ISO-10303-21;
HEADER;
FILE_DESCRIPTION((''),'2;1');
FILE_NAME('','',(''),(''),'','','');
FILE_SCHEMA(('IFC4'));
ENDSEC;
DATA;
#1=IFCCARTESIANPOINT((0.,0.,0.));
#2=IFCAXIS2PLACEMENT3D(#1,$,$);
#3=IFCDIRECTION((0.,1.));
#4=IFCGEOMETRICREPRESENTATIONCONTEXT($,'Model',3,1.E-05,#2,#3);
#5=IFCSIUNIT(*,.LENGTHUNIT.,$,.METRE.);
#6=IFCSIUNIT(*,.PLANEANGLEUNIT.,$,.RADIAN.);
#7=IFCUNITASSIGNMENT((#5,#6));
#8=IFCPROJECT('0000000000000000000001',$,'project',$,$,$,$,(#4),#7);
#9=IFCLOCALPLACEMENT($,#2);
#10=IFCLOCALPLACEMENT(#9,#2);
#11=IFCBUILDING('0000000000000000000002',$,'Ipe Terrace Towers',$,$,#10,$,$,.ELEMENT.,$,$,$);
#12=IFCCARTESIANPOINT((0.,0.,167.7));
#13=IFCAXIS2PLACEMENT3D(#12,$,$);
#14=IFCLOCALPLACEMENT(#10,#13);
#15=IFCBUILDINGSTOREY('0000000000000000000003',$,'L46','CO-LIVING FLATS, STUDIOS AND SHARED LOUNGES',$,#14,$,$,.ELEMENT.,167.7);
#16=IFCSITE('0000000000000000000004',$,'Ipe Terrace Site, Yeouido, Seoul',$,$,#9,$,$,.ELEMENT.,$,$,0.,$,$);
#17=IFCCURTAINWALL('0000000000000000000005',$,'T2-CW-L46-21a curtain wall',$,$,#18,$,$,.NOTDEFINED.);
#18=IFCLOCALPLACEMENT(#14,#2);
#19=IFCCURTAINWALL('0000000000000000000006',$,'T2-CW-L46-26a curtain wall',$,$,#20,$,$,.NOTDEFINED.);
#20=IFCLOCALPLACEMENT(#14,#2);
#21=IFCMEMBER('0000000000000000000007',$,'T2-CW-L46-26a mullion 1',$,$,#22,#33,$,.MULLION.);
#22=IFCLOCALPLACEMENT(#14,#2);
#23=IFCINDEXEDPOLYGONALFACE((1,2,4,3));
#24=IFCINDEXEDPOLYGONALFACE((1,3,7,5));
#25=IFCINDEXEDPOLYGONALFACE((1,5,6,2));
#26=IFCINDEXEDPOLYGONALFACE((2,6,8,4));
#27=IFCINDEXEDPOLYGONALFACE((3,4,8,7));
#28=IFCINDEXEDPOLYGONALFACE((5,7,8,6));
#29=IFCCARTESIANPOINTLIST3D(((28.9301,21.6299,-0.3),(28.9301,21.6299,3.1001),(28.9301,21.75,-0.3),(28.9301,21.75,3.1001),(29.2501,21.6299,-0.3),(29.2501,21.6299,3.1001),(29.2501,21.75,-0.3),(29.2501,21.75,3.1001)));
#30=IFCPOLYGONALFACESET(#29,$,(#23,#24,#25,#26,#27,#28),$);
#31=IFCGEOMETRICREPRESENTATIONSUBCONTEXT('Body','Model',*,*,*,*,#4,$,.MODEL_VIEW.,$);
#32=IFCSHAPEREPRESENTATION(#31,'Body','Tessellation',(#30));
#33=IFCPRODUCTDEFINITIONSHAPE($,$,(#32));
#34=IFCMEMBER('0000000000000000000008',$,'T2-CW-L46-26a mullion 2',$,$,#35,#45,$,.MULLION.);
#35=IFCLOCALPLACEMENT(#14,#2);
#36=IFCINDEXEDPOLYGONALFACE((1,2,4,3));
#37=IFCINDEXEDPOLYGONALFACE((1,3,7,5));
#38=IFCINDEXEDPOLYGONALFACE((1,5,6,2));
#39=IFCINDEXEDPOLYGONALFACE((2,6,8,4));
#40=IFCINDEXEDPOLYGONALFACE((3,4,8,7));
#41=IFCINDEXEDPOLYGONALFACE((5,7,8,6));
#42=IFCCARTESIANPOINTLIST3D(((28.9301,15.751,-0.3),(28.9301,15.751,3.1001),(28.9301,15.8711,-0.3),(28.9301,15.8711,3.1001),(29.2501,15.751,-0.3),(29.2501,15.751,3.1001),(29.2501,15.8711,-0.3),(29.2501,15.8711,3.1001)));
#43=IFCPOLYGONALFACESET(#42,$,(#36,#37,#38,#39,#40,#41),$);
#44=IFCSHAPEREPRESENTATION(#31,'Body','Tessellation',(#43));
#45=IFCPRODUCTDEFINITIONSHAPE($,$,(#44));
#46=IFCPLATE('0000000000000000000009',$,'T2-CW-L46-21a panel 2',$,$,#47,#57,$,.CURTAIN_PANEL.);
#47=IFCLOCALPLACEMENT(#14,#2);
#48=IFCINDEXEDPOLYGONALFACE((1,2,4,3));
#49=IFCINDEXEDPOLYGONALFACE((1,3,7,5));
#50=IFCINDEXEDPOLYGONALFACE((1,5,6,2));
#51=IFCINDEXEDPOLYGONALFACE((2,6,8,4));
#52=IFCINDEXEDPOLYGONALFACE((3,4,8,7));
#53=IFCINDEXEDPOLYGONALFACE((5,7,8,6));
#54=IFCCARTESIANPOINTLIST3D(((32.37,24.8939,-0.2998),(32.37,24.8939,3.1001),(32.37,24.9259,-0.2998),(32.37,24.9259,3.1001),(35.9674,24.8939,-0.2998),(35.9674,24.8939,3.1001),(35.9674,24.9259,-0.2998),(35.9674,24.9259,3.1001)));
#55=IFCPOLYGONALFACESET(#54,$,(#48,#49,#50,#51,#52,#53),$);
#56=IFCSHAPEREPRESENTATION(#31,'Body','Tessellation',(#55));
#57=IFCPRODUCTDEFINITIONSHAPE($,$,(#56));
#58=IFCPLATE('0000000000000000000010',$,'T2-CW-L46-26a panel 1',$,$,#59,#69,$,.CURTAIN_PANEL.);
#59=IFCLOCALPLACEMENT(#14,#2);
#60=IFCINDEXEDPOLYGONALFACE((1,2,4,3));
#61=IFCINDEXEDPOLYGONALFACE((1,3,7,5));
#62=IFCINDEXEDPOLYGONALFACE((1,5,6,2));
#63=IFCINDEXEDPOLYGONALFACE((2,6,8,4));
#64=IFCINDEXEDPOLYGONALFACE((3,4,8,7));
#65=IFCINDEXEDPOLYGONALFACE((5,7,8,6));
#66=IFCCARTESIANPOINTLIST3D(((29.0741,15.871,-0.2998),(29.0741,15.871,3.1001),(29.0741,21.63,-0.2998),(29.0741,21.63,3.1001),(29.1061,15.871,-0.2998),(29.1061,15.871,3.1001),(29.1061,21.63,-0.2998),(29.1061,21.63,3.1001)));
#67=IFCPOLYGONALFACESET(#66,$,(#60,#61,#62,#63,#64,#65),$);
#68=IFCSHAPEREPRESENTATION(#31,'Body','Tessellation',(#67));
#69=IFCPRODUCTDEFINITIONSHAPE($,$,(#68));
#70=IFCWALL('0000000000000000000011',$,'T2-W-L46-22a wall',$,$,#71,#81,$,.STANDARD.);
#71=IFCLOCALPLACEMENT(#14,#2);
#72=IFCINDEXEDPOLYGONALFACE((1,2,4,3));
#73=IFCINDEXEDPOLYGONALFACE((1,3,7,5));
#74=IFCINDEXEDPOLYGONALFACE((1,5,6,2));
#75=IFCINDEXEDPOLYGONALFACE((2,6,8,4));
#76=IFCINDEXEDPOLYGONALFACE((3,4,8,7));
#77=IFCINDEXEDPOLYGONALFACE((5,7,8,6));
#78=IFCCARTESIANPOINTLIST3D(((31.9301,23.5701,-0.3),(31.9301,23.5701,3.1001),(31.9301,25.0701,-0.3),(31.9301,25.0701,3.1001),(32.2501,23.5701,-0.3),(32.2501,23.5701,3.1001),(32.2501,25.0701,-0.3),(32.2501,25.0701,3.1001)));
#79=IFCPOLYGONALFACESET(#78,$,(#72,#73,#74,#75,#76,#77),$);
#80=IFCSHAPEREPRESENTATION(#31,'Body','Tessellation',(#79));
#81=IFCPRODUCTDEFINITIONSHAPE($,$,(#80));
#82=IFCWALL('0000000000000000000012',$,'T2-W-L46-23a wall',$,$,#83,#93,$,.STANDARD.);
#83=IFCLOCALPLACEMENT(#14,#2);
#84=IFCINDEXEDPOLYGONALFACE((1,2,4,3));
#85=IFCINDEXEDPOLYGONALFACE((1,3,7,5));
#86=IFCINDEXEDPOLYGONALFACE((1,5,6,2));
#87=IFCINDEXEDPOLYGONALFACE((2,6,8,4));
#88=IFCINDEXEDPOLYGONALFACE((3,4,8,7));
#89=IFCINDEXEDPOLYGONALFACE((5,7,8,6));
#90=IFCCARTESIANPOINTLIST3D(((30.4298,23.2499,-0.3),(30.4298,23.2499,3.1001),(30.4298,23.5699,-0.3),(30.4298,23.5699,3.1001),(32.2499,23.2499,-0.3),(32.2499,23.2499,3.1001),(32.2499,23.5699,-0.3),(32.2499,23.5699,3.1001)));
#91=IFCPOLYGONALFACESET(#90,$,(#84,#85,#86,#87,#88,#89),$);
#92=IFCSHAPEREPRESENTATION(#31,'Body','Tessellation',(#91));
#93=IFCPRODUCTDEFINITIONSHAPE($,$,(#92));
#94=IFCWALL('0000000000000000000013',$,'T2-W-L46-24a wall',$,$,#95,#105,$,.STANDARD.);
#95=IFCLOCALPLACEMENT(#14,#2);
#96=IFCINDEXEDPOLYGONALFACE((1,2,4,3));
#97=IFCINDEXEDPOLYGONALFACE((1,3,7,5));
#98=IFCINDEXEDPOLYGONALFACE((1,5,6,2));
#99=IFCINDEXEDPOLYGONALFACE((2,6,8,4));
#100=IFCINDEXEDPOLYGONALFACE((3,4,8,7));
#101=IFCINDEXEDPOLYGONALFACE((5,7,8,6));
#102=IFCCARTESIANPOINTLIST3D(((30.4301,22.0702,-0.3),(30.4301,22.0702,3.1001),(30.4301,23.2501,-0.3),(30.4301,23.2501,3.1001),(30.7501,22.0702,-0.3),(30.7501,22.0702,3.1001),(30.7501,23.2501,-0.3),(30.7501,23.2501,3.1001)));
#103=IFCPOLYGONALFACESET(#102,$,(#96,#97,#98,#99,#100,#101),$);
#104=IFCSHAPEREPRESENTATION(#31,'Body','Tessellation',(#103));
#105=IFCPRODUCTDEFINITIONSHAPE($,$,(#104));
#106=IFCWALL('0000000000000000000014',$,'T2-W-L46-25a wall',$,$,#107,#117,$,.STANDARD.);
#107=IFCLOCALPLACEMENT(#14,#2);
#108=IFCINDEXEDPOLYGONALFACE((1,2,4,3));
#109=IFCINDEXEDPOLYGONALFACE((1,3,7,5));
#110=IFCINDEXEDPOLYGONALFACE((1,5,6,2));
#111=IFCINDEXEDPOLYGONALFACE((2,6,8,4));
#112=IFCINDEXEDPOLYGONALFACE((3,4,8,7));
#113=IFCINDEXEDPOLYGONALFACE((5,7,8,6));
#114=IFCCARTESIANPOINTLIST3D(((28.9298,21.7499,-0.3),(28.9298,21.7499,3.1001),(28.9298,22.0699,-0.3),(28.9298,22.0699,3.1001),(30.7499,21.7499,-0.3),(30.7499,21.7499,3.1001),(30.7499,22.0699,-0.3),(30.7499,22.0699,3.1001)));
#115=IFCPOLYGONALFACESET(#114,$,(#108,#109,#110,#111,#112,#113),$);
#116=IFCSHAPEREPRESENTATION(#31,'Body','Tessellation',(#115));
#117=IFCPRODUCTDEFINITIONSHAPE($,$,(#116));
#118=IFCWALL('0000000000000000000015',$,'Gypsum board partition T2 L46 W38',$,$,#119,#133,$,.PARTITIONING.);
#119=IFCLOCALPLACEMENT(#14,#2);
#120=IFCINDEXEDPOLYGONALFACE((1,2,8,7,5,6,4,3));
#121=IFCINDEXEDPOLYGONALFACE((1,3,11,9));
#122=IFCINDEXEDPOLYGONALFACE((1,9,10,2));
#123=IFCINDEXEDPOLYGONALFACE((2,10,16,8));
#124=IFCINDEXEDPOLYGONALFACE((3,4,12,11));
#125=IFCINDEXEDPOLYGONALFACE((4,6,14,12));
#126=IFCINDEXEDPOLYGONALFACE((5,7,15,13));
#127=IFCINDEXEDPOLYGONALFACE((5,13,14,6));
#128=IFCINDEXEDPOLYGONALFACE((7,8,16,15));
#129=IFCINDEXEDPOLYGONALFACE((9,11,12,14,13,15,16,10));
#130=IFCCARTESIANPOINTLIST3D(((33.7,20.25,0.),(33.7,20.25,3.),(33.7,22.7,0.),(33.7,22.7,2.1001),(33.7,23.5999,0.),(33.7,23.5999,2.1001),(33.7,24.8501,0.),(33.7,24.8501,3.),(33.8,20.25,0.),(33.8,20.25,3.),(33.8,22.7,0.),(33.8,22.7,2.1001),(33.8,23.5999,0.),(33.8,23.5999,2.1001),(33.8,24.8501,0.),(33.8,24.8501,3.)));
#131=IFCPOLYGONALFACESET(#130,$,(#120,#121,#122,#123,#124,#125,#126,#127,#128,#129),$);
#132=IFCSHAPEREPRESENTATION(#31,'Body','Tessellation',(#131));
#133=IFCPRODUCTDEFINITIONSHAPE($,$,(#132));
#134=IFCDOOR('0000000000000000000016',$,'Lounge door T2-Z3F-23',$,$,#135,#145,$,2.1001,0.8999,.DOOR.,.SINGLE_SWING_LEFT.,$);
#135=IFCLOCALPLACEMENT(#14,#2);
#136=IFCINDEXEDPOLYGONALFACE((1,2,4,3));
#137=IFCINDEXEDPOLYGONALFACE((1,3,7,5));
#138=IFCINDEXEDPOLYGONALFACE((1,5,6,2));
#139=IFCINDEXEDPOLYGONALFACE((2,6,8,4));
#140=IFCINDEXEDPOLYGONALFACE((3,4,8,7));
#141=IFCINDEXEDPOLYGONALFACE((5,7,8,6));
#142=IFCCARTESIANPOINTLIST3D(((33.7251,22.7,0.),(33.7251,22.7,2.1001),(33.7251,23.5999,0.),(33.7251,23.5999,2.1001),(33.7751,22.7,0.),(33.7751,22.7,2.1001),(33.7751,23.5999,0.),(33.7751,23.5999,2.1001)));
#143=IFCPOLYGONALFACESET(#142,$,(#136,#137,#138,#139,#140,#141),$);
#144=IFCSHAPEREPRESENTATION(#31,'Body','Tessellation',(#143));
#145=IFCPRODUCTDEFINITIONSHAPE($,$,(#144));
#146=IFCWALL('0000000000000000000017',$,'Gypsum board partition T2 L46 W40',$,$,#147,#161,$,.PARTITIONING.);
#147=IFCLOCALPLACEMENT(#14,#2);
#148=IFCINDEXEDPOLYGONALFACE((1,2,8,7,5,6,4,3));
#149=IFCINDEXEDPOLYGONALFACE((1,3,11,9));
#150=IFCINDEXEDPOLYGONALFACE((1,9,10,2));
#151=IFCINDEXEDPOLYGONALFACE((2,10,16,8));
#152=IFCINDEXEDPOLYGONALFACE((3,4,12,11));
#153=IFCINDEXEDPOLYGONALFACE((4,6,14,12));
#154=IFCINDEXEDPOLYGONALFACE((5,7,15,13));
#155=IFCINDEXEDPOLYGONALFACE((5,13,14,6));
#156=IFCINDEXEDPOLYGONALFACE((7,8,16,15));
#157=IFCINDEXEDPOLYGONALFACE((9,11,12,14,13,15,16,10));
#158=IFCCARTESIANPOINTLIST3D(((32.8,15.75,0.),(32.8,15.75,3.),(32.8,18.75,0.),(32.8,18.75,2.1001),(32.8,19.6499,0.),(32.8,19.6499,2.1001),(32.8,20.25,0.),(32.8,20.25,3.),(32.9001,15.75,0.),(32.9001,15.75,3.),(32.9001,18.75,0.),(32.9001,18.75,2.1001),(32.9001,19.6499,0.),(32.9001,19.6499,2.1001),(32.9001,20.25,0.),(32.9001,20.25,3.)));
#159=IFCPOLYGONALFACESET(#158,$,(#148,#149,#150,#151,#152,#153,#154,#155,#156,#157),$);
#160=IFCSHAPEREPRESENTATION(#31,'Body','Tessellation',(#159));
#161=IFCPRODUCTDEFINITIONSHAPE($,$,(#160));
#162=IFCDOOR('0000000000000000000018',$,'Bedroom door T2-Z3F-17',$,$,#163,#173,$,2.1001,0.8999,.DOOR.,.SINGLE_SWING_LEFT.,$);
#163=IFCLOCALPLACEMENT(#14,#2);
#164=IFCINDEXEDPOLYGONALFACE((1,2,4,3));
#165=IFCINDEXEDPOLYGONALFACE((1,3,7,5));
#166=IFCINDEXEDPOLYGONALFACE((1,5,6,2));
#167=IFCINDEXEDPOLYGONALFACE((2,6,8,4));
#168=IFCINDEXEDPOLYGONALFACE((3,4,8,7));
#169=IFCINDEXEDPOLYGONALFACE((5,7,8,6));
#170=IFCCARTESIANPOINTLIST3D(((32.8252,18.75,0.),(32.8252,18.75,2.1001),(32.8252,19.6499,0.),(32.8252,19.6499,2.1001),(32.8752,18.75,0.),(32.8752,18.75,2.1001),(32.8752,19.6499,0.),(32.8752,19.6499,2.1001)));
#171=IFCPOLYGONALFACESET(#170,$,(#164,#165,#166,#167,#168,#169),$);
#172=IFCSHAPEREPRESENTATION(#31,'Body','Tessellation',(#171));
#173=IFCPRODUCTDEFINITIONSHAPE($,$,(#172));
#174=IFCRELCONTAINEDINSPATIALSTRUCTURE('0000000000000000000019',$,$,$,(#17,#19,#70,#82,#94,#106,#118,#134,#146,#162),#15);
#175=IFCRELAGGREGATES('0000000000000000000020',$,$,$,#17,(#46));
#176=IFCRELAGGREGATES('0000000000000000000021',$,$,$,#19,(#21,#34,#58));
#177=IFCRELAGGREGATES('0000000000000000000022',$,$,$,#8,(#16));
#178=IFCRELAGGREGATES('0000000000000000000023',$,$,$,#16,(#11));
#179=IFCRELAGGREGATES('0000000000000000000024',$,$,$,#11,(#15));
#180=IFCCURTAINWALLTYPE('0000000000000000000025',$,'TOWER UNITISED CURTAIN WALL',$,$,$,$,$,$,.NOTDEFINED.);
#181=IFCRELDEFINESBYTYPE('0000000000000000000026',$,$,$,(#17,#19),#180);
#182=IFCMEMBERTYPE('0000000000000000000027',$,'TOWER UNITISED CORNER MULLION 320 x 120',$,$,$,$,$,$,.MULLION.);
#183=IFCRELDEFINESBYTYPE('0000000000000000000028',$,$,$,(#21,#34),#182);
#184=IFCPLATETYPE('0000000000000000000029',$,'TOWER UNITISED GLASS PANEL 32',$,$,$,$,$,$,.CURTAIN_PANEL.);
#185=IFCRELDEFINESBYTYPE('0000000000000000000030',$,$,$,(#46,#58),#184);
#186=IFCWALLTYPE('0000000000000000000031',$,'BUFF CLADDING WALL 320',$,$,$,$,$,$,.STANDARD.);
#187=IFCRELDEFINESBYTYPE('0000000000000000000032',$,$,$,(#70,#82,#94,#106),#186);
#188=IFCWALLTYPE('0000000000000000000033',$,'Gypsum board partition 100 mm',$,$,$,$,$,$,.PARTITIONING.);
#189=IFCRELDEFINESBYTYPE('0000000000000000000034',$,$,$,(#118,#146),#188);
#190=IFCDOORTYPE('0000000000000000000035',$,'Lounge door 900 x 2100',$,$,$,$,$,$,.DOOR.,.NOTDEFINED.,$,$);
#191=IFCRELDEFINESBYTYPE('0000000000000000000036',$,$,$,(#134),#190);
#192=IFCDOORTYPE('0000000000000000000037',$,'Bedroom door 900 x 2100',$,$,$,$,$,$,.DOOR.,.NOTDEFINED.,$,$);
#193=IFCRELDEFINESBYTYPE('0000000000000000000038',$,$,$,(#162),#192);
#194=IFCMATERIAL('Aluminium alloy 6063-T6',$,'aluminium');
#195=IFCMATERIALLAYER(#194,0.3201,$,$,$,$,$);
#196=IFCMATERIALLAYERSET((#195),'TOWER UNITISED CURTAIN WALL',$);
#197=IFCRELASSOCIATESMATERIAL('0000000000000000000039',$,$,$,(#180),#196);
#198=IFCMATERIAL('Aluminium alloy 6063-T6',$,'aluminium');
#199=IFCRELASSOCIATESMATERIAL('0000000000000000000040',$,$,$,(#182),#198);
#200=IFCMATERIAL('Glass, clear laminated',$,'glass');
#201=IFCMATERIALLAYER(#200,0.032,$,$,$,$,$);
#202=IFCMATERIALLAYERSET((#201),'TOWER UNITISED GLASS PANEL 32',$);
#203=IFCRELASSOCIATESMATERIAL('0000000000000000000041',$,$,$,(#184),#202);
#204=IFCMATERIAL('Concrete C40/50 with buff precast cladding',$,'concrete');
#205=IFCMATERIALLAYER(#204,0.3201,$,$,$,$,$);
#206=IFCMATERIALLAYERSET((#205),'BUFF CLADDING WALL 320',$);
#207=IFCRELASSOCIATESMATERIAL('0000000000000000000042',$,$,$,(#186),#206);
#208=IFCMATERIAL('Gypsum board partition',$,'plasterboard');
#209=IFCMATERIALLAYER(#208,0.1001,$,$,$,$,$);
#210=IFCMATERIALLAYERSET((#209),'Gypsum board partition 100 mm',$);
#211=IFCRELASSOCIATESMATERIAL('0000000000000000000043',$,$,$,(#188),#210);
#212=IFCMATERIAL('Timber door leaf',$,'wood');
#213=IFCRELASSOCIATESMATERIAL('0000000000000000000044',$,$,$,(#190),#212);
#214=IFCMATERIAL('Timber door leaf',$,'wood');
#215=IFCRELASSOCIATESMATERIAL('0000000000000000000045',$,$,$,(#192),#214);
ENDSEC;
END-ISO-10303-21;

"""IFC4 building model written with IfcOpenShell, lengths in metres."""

from ifc_helpers import new_model, si_unit, direction, frame, frame_2d, origin, origin_2d, place, context, subcontext, project, spatial, rectangle, extrude, material, layer, layer_set, material_profile, profile_set, type_object, element, fill, aggregate, save


model = new_model("IFC4")

# Units and contexts
model_context = context("Model", 3, precision=1e-05, world=origin(), true_north=direction((0.0, 1.0)))
body_context = subcontext(model_context, "Body", "Model", "MODEL_VIEW")
ifc_project = project(units=[si_unit("LENGTHUNIT", "METRE"), si_unit("PLANEANGLEUNIT", "RADIAN")], contexts=[model_context])

# Site, building, storey
site_placement = place(None, origin())
site = spatial("IfcSite", under=ifc_project, at=site_placement, Name="Ipe Terrace Site, Yeouido, Seoul", CompositionType="ELEMENT", RefElevation=0.0)
building_placement = place(site_placement, origin())
building = spatial("IfcBuilding", under=site, at=building_placement, Name="Ipe Terrace Towers", CompositionType="ELEMENT")
storey_placement = place(building_placement, frame((0.0, 0.0, 167.7)))
storey = spatial("IfcBuildingStorey", under=building, at=storey_placement, Name="L46", Description="CO-LIVING FLATS, STUDIOS AND SHARED LOUNGES", CompositionType="ELEMENT", Elevation=167.7)

# Curtain wall
ifc_material_1 = material(Name="Aluminium alloy 6063-T6", Category="aluminium")
ifc_layer_1 = layer(ifc_material_1, 0.3201)
ifc_layer_set_1 = layer_set([ifc_layer_1], Name="TOWER UNITISED CURTAIN WALL")
curtain_wall_type = type_object("IfcCurtainWallType", Name="TOWER UNITISED CURTAIN WALL", PredefinedType="NOTDEFINED", material=ifc_layer_set_1)
curtain_wall_1_placement = place(storey_placement, origin())
curtain_wall_1 = element("IfcCurtainWall", 1, at=curtain_wall_1_placement, inside=storey, type_object=curtain_wall_type, Name="T2-CW-L46-21a curtain wall", PredefinedType="NOTDEFINED")
ifc_material_2 = material(Name="Aluminium alloy 6063-T6", Category="aluminium")
ifc_material_profile_1 = material_profile(ifc_material_2, rectangle(XDim=0.3201, YDim=0.1201, at=origin_2d()), Name="TOWER UNITISED CORNER MULLION 320 x 120")
ifc_profile_set_1 = profile_set([ifc_material_profile_1], Name="Aluminium alloy 6063-T6")
member_type = type_object("IfcMemberType", Name="TOWER UNITISED CORNER MULLION 320 x 120", PredefinedType="MULLION", material=ifc_profile_set_1)

# Curtain wall, members
curtain_wall_2_placement = place(storey_placement, origin())
curtain_wall_2 = element("IfcCurtainWall", 2, at=curtain_wall_2_placement, inside=storey, type_object=curtain_wall_type, Name="T2-CW-L46-26a curtain wall", PredefinedType="NOTDEFINED")
member_1_placement = place(storey_placement, frame((29.0901, 21.6899, -0.3), z_axis=(0.0, 0.0, 1.0), x_axis=(-1.0, 0.0, 0.0)))
member_1 = element("IfcMember", 3, at=member_1_placement, type_object=member_type, Name="T2-CW-L46-26a mullion 1", PredefinedType="MULLION", context=body_context, shape_type="SweptSolid", body=[
    extrude(rectangle(XDim=0.3201, YDim=0.1201, at=origin_2d()), origin(), (0.0, 0.0, 1.0), 3.4001),
])
member_2_placement = place(storey_placement, frame((29.0901, 15.811, -0.3), z_axis=(0.0, 0.0, 1.0), x_axis=(-1.0, 0.0, 0.0)))
member_2 = element("IfcMember", 4, at=member_2_placement, type_object=member_type, Name="T2-CW-L46-26a mullion 2", PredefinedType="MULLION", context=body_context, shape_type="SweptSolid", body=[
    extrude(rectangle(XDim=0.3201, YDim=0.1201, at=origin_2d()), origin(), (0.0, 0.0, 1.0), 3.4001),
])

# Plates
ifc_material_3 = material(Name="Glass, clear laminated", Category="glass")
ifc_layer_2 = layer(ifc_material_3, 0.032)
ifc_layer_set_2 = layer_set([ifc_layer_2], Name="TOWER UNITISED GLASS PANEL 32")
plate_type = type_object("IfcPlateType", Name="TOWER UNITISED GLASS PANEL 32", PredefinedType="CURTAIN_PANEL", material=ifc_layer_set_2)
plate_1_placement = place(storey_placement, frame((34.1687, 24.9099, -0.2998), z_axis=(0.0, 0.0, 1.0), x_axis=(-1.0, 0.0, 0.0)))
plate_1 = element("IfcPlate", 5, at=plate_1_placement, type_object=plate_type, Name="T2-CW-L46-21a panel 2", PredefinedType="CURTAIN_PANEL", context=body_context, shape_type="SweptSolid", body=[
    extrude(rectangle(XDim=3.5974, YDim=0.032, at=origin_2d()), origin(), (0.0, 0.0, 1.0), 3.3999),
])
aggregate(curtain_wall_1, [plate_1])
plate_2_placement = place(storey_placement, frame((29.0901, 18.7505, -0.2998), z_axis=(0.0, 0.0, 1.0), x_axis=(0.0, -1.0, 0.0)))
plate_2 = element("IfcPlate", 6, at=plate_2_placement, type_object=plate_type, Name="T2-CW-L46-26a panel 1", PredefinedType="CURTAIN_PANEL", context=body_context, shape_type="SweptSolid", body=[
    extrude(rectangle(XDim=5.759, YDim=0.032, at=origin_2d()), origin(), (0.0, 0.0, 1.0), 3.3999),
])
aggregate(curtain_wall_2, [member_1, member_2, plate_2])

# Walls
ifc_material_4 = material(Name="Concrete C40/50 with buff precast cladding", Category="concrete")
ifc_layer_3 = layer(ifc_material_4, 0.3201)
ifc_layer_set_3 = layer_set([ifc_layer_3], Name="BUFF CLADDING WALL 320")
wall_type_1 = type_object("IfcWallType", Name="BUFF CLADDING WALL 320", PredefinedType="STANDARD", material=ifc_layer_set_3)
wall_1_placement = place(storey_placement, frame((32.0901, 25.0701, -0.3), z_axis=(0.0, 0.0, 1.0), x_axis=(0.0, -1.0, 0.0)))
element("IfcWall", 7, at=wall_1_placement, inside=storey, type_object=wall_type_1, Name="T2-W-L46-22a wall", PredefinedType="STANDARD", context=body_context, shape_type="SweptSolid", body=[
    extrude(rectangle(XDim=1.5, YDim=0.3201, at=frame_2d((0.75, 0.0))), origin(), (0.0, 0.0, 1.0), 3.4001),
])
wall_2_placement = place(storey_placement, frame((32.25, 23.4099, -0.3), z_axis=(0.0, 0.0, 1.0), x_axis=(-1.0, 0.0, 0.0)))
element("IfcWall", 8, at=wall_2_placement, inside=storey, type_object=wall_type_1, Name="T2-W-L46-23a wall", PredefinedType="STANDARD", context=body_context, shape_type="SweptSolid", body=[
    extrude(rectangle(XDim=1.8201, YDim=0.3201, at=frame_2d((0.9102, 0.0))), origin(), (0.0, 0.0, 1.0), 3.4001),
])
wall_3_placement = place(storey_placement, frame((30.5901, 23.25, -0.3), z_axis=(0.0, 0.0, 1.0), x_axis=(0.0, -1.0, 0.0)))
element("IfcWall", 9, at=wall_3_placement, inside=storey, type_object=wall_type_1, Name="T2-W-L46-24a wall", PredefinedType="STANDARD", context=body_context, shape_type="SweptSolid", body=[
    extrude(rectangle(XDim=1.1799, YDim=0.3201, at=frame_2d((0.5898, 0.0))), origin(), (0.0, 0.0, 1.0), 3.4001),
])
wall_4_placement = place(storey_placement, frame((30.75, 21.9099, -0.3), z_axis=(0.0, 0.0, 1.0), x_axis=(-1.0, 0.0, 0.0)))
element("IfcWall", 10, at=wall_4_placement, inside=storey, type_object=wall_type_1, Name="T2-W-L46-25a wall", PredefinedType="STANDARD", context=body_context, shape_type="SweptSolid", body=[
    extrude(rectangle(XDim=1.8201, YDim=0.3201, at=frame_2d((0.9102, 0.0))), origin(), (0.0, 0.0, 1.0), 3.4001),
])

# Walls, openings, doors
ifc_material_5 = material(Name="Gypsum board partition", Category="plasterboard")
ifc_layer_4 = layer(ifc_material_5, 0.1001)
ifc_layer_set_4 = layer_set([ifc_layer_4], Name="Gypsum board partition 100 mm")
wall_type_2 = type_object("IfcWallType", Name="Gypsum board partition 100 mm", PredefinedType="PARTITIONING", material=ifc_layer_set_4)
wall_5_placement = place(storey_placement, frame((33.75, 20.25, 0.0), z_axis=(0.0, 0.0, 1.0), x_axis=(0.0, 1.0, 0.0)))
wall_5 = element("IfcWall", 11, at=wall_5_placement, inside=storey, type_object=wall_type_2, Name="Gypsum board partition T2 L46 W38", PredefinedType="PARTITIONING", context=body_context, shape_type="SweptSolid", body=[
    extrude(rectangle(XDim=4.6001, YDim=0.1001, at=frame_2d((2.3, 0.0))), origin(), (0.0, 0.0, 1.0), 3.0),
])
opening_1_placement = place(wall_5_placement, frame((2.45, 0.0, 0.0)))
opening_1 = element("IfcOpeningElement", 12, at=opening_1_placement, cuts=wall_5, PredefinedType="OPENING", context=body_context, shape_type="SweptSolid", body=[
    extrude(rectangle(XDim=0.8999, YDim=2.1001, at=frame_2d((0.45, 1.05))), frame((0.0, 0.0601, 0.0), z_axis=(0.0, -1.0, 0.0), x_axis=(1.0, 0.0, 0.0)), (0.0, 0.0, 1.0), 0.1201),
])
ifc_material_6 = material(Name="Timber door leaf", Category="wood")
door_type_1 = type_object("IfcDoorType", Name="Lounge door 900 x 2100", OperationType="NOTDEFINED", PredefinedType="DOOR", material=ifc_material_6)
door_1_placement = place(opening_1_placement, origin())
door_1 = element("IfcDoor", 13, at=door_1_placement, inside=storey, type_object=door_type_1, Name="Lounge door T2-Z3F-23", OperationType="SINGLE_SWING_LEFT", OverallHeight=2.1001, OverallWidth=0.8999, PredefinedType="DOOR", context=body_context, shape_type="SweptSolid", body=[
    extrude(rectangle(XDim=0.8999, YDim=2.1001, at=frame_2d((0.45, 1.05))), frame((0.0, 0.0249, 0.0), z_axis=(0.0, -1.0, 0.0), x_axis=(1.0, 0.0, 0.0)), (0.0, 0.0, 1.0), 0.05),
])
fill(opening_1, door_1)
wall_6_placement = place(storey_placement, frame((32.8501, 15.75, 0.0), z_axis=(0.0, 0.0, 1.0), x_axis=(0.0, 1.0, 0.0)))
wall_6 = element("IfcWall", 14, at=wall_6_placement, inside=storey, type_object=wall_type_2, Name="Gypsum board partition T2 L46 W40", PredefinedType="PARTITIONING", context=body_context, shape_type="SweptSolid", body=[
    extrude(rectangle(XDim=4.5, YDim=0.1001, at=frame_2d((2.25, 0.0))), origin(), (0.0, 0.0, 1.0), 3.0),
])
opening_2_placement = place(wall_6_placement, frame((3.0, 0.0, 0.0)))
opening_2 = element("IfcOpeningElement", 15, at=opening_2_placement, cuts=wall_6, PredefinedType="OPENING", context=body_context, shape_type="SweptSolid", body=[
    extrude(rectangle(XDim=0.8999, YDim=2.1001, at=frame_2d((0.45, 1.05))), frame((0.0, 0.0601, 0.0), z_axis=(0.0, -1.0, 0.0), x_axis=(1.0, 0.0, 0.0)), (0.0, 0.0, 1.0), 0.1201),
])
ifc_material_7 = material(Name="Timber door leaf", Category="wood")
door_type_2 = type_object("IfcDoorType", Name="Bedroom door 900 x 2100", OperationType="NOTDEFINED", PredefinedType="DOOR", material=ifc_material_7)
door_2_placement = place(opening_2_placement, origin())
door_2 = element("IfcDoor", 16, at=door_2_placement, inside=storey, type_object=door_type_2, Name="Bedroom door T2-Z3F-17", OperationType="SINGLE_SWING_LEFT", OverallHeight=2.1001, OverallWidth=0.8999, PredefinedType="DOOR", context=body_context, shape_type="SweptSolid", body=[
    extrude(rectangle(XDim=0.8999, YDim=2.1001, at=frame_2d((0.45, 1.05))), frame((0.0, 0.0249, 0.0), z_axis=(0.0, -1.0, 0.0), x_axis=(1.0, 0.0, 0.0)), (0.0, 0.0, 1.0), 0.05),
])
fill(opening_2, door_2)

save(model, "model.ifc")
